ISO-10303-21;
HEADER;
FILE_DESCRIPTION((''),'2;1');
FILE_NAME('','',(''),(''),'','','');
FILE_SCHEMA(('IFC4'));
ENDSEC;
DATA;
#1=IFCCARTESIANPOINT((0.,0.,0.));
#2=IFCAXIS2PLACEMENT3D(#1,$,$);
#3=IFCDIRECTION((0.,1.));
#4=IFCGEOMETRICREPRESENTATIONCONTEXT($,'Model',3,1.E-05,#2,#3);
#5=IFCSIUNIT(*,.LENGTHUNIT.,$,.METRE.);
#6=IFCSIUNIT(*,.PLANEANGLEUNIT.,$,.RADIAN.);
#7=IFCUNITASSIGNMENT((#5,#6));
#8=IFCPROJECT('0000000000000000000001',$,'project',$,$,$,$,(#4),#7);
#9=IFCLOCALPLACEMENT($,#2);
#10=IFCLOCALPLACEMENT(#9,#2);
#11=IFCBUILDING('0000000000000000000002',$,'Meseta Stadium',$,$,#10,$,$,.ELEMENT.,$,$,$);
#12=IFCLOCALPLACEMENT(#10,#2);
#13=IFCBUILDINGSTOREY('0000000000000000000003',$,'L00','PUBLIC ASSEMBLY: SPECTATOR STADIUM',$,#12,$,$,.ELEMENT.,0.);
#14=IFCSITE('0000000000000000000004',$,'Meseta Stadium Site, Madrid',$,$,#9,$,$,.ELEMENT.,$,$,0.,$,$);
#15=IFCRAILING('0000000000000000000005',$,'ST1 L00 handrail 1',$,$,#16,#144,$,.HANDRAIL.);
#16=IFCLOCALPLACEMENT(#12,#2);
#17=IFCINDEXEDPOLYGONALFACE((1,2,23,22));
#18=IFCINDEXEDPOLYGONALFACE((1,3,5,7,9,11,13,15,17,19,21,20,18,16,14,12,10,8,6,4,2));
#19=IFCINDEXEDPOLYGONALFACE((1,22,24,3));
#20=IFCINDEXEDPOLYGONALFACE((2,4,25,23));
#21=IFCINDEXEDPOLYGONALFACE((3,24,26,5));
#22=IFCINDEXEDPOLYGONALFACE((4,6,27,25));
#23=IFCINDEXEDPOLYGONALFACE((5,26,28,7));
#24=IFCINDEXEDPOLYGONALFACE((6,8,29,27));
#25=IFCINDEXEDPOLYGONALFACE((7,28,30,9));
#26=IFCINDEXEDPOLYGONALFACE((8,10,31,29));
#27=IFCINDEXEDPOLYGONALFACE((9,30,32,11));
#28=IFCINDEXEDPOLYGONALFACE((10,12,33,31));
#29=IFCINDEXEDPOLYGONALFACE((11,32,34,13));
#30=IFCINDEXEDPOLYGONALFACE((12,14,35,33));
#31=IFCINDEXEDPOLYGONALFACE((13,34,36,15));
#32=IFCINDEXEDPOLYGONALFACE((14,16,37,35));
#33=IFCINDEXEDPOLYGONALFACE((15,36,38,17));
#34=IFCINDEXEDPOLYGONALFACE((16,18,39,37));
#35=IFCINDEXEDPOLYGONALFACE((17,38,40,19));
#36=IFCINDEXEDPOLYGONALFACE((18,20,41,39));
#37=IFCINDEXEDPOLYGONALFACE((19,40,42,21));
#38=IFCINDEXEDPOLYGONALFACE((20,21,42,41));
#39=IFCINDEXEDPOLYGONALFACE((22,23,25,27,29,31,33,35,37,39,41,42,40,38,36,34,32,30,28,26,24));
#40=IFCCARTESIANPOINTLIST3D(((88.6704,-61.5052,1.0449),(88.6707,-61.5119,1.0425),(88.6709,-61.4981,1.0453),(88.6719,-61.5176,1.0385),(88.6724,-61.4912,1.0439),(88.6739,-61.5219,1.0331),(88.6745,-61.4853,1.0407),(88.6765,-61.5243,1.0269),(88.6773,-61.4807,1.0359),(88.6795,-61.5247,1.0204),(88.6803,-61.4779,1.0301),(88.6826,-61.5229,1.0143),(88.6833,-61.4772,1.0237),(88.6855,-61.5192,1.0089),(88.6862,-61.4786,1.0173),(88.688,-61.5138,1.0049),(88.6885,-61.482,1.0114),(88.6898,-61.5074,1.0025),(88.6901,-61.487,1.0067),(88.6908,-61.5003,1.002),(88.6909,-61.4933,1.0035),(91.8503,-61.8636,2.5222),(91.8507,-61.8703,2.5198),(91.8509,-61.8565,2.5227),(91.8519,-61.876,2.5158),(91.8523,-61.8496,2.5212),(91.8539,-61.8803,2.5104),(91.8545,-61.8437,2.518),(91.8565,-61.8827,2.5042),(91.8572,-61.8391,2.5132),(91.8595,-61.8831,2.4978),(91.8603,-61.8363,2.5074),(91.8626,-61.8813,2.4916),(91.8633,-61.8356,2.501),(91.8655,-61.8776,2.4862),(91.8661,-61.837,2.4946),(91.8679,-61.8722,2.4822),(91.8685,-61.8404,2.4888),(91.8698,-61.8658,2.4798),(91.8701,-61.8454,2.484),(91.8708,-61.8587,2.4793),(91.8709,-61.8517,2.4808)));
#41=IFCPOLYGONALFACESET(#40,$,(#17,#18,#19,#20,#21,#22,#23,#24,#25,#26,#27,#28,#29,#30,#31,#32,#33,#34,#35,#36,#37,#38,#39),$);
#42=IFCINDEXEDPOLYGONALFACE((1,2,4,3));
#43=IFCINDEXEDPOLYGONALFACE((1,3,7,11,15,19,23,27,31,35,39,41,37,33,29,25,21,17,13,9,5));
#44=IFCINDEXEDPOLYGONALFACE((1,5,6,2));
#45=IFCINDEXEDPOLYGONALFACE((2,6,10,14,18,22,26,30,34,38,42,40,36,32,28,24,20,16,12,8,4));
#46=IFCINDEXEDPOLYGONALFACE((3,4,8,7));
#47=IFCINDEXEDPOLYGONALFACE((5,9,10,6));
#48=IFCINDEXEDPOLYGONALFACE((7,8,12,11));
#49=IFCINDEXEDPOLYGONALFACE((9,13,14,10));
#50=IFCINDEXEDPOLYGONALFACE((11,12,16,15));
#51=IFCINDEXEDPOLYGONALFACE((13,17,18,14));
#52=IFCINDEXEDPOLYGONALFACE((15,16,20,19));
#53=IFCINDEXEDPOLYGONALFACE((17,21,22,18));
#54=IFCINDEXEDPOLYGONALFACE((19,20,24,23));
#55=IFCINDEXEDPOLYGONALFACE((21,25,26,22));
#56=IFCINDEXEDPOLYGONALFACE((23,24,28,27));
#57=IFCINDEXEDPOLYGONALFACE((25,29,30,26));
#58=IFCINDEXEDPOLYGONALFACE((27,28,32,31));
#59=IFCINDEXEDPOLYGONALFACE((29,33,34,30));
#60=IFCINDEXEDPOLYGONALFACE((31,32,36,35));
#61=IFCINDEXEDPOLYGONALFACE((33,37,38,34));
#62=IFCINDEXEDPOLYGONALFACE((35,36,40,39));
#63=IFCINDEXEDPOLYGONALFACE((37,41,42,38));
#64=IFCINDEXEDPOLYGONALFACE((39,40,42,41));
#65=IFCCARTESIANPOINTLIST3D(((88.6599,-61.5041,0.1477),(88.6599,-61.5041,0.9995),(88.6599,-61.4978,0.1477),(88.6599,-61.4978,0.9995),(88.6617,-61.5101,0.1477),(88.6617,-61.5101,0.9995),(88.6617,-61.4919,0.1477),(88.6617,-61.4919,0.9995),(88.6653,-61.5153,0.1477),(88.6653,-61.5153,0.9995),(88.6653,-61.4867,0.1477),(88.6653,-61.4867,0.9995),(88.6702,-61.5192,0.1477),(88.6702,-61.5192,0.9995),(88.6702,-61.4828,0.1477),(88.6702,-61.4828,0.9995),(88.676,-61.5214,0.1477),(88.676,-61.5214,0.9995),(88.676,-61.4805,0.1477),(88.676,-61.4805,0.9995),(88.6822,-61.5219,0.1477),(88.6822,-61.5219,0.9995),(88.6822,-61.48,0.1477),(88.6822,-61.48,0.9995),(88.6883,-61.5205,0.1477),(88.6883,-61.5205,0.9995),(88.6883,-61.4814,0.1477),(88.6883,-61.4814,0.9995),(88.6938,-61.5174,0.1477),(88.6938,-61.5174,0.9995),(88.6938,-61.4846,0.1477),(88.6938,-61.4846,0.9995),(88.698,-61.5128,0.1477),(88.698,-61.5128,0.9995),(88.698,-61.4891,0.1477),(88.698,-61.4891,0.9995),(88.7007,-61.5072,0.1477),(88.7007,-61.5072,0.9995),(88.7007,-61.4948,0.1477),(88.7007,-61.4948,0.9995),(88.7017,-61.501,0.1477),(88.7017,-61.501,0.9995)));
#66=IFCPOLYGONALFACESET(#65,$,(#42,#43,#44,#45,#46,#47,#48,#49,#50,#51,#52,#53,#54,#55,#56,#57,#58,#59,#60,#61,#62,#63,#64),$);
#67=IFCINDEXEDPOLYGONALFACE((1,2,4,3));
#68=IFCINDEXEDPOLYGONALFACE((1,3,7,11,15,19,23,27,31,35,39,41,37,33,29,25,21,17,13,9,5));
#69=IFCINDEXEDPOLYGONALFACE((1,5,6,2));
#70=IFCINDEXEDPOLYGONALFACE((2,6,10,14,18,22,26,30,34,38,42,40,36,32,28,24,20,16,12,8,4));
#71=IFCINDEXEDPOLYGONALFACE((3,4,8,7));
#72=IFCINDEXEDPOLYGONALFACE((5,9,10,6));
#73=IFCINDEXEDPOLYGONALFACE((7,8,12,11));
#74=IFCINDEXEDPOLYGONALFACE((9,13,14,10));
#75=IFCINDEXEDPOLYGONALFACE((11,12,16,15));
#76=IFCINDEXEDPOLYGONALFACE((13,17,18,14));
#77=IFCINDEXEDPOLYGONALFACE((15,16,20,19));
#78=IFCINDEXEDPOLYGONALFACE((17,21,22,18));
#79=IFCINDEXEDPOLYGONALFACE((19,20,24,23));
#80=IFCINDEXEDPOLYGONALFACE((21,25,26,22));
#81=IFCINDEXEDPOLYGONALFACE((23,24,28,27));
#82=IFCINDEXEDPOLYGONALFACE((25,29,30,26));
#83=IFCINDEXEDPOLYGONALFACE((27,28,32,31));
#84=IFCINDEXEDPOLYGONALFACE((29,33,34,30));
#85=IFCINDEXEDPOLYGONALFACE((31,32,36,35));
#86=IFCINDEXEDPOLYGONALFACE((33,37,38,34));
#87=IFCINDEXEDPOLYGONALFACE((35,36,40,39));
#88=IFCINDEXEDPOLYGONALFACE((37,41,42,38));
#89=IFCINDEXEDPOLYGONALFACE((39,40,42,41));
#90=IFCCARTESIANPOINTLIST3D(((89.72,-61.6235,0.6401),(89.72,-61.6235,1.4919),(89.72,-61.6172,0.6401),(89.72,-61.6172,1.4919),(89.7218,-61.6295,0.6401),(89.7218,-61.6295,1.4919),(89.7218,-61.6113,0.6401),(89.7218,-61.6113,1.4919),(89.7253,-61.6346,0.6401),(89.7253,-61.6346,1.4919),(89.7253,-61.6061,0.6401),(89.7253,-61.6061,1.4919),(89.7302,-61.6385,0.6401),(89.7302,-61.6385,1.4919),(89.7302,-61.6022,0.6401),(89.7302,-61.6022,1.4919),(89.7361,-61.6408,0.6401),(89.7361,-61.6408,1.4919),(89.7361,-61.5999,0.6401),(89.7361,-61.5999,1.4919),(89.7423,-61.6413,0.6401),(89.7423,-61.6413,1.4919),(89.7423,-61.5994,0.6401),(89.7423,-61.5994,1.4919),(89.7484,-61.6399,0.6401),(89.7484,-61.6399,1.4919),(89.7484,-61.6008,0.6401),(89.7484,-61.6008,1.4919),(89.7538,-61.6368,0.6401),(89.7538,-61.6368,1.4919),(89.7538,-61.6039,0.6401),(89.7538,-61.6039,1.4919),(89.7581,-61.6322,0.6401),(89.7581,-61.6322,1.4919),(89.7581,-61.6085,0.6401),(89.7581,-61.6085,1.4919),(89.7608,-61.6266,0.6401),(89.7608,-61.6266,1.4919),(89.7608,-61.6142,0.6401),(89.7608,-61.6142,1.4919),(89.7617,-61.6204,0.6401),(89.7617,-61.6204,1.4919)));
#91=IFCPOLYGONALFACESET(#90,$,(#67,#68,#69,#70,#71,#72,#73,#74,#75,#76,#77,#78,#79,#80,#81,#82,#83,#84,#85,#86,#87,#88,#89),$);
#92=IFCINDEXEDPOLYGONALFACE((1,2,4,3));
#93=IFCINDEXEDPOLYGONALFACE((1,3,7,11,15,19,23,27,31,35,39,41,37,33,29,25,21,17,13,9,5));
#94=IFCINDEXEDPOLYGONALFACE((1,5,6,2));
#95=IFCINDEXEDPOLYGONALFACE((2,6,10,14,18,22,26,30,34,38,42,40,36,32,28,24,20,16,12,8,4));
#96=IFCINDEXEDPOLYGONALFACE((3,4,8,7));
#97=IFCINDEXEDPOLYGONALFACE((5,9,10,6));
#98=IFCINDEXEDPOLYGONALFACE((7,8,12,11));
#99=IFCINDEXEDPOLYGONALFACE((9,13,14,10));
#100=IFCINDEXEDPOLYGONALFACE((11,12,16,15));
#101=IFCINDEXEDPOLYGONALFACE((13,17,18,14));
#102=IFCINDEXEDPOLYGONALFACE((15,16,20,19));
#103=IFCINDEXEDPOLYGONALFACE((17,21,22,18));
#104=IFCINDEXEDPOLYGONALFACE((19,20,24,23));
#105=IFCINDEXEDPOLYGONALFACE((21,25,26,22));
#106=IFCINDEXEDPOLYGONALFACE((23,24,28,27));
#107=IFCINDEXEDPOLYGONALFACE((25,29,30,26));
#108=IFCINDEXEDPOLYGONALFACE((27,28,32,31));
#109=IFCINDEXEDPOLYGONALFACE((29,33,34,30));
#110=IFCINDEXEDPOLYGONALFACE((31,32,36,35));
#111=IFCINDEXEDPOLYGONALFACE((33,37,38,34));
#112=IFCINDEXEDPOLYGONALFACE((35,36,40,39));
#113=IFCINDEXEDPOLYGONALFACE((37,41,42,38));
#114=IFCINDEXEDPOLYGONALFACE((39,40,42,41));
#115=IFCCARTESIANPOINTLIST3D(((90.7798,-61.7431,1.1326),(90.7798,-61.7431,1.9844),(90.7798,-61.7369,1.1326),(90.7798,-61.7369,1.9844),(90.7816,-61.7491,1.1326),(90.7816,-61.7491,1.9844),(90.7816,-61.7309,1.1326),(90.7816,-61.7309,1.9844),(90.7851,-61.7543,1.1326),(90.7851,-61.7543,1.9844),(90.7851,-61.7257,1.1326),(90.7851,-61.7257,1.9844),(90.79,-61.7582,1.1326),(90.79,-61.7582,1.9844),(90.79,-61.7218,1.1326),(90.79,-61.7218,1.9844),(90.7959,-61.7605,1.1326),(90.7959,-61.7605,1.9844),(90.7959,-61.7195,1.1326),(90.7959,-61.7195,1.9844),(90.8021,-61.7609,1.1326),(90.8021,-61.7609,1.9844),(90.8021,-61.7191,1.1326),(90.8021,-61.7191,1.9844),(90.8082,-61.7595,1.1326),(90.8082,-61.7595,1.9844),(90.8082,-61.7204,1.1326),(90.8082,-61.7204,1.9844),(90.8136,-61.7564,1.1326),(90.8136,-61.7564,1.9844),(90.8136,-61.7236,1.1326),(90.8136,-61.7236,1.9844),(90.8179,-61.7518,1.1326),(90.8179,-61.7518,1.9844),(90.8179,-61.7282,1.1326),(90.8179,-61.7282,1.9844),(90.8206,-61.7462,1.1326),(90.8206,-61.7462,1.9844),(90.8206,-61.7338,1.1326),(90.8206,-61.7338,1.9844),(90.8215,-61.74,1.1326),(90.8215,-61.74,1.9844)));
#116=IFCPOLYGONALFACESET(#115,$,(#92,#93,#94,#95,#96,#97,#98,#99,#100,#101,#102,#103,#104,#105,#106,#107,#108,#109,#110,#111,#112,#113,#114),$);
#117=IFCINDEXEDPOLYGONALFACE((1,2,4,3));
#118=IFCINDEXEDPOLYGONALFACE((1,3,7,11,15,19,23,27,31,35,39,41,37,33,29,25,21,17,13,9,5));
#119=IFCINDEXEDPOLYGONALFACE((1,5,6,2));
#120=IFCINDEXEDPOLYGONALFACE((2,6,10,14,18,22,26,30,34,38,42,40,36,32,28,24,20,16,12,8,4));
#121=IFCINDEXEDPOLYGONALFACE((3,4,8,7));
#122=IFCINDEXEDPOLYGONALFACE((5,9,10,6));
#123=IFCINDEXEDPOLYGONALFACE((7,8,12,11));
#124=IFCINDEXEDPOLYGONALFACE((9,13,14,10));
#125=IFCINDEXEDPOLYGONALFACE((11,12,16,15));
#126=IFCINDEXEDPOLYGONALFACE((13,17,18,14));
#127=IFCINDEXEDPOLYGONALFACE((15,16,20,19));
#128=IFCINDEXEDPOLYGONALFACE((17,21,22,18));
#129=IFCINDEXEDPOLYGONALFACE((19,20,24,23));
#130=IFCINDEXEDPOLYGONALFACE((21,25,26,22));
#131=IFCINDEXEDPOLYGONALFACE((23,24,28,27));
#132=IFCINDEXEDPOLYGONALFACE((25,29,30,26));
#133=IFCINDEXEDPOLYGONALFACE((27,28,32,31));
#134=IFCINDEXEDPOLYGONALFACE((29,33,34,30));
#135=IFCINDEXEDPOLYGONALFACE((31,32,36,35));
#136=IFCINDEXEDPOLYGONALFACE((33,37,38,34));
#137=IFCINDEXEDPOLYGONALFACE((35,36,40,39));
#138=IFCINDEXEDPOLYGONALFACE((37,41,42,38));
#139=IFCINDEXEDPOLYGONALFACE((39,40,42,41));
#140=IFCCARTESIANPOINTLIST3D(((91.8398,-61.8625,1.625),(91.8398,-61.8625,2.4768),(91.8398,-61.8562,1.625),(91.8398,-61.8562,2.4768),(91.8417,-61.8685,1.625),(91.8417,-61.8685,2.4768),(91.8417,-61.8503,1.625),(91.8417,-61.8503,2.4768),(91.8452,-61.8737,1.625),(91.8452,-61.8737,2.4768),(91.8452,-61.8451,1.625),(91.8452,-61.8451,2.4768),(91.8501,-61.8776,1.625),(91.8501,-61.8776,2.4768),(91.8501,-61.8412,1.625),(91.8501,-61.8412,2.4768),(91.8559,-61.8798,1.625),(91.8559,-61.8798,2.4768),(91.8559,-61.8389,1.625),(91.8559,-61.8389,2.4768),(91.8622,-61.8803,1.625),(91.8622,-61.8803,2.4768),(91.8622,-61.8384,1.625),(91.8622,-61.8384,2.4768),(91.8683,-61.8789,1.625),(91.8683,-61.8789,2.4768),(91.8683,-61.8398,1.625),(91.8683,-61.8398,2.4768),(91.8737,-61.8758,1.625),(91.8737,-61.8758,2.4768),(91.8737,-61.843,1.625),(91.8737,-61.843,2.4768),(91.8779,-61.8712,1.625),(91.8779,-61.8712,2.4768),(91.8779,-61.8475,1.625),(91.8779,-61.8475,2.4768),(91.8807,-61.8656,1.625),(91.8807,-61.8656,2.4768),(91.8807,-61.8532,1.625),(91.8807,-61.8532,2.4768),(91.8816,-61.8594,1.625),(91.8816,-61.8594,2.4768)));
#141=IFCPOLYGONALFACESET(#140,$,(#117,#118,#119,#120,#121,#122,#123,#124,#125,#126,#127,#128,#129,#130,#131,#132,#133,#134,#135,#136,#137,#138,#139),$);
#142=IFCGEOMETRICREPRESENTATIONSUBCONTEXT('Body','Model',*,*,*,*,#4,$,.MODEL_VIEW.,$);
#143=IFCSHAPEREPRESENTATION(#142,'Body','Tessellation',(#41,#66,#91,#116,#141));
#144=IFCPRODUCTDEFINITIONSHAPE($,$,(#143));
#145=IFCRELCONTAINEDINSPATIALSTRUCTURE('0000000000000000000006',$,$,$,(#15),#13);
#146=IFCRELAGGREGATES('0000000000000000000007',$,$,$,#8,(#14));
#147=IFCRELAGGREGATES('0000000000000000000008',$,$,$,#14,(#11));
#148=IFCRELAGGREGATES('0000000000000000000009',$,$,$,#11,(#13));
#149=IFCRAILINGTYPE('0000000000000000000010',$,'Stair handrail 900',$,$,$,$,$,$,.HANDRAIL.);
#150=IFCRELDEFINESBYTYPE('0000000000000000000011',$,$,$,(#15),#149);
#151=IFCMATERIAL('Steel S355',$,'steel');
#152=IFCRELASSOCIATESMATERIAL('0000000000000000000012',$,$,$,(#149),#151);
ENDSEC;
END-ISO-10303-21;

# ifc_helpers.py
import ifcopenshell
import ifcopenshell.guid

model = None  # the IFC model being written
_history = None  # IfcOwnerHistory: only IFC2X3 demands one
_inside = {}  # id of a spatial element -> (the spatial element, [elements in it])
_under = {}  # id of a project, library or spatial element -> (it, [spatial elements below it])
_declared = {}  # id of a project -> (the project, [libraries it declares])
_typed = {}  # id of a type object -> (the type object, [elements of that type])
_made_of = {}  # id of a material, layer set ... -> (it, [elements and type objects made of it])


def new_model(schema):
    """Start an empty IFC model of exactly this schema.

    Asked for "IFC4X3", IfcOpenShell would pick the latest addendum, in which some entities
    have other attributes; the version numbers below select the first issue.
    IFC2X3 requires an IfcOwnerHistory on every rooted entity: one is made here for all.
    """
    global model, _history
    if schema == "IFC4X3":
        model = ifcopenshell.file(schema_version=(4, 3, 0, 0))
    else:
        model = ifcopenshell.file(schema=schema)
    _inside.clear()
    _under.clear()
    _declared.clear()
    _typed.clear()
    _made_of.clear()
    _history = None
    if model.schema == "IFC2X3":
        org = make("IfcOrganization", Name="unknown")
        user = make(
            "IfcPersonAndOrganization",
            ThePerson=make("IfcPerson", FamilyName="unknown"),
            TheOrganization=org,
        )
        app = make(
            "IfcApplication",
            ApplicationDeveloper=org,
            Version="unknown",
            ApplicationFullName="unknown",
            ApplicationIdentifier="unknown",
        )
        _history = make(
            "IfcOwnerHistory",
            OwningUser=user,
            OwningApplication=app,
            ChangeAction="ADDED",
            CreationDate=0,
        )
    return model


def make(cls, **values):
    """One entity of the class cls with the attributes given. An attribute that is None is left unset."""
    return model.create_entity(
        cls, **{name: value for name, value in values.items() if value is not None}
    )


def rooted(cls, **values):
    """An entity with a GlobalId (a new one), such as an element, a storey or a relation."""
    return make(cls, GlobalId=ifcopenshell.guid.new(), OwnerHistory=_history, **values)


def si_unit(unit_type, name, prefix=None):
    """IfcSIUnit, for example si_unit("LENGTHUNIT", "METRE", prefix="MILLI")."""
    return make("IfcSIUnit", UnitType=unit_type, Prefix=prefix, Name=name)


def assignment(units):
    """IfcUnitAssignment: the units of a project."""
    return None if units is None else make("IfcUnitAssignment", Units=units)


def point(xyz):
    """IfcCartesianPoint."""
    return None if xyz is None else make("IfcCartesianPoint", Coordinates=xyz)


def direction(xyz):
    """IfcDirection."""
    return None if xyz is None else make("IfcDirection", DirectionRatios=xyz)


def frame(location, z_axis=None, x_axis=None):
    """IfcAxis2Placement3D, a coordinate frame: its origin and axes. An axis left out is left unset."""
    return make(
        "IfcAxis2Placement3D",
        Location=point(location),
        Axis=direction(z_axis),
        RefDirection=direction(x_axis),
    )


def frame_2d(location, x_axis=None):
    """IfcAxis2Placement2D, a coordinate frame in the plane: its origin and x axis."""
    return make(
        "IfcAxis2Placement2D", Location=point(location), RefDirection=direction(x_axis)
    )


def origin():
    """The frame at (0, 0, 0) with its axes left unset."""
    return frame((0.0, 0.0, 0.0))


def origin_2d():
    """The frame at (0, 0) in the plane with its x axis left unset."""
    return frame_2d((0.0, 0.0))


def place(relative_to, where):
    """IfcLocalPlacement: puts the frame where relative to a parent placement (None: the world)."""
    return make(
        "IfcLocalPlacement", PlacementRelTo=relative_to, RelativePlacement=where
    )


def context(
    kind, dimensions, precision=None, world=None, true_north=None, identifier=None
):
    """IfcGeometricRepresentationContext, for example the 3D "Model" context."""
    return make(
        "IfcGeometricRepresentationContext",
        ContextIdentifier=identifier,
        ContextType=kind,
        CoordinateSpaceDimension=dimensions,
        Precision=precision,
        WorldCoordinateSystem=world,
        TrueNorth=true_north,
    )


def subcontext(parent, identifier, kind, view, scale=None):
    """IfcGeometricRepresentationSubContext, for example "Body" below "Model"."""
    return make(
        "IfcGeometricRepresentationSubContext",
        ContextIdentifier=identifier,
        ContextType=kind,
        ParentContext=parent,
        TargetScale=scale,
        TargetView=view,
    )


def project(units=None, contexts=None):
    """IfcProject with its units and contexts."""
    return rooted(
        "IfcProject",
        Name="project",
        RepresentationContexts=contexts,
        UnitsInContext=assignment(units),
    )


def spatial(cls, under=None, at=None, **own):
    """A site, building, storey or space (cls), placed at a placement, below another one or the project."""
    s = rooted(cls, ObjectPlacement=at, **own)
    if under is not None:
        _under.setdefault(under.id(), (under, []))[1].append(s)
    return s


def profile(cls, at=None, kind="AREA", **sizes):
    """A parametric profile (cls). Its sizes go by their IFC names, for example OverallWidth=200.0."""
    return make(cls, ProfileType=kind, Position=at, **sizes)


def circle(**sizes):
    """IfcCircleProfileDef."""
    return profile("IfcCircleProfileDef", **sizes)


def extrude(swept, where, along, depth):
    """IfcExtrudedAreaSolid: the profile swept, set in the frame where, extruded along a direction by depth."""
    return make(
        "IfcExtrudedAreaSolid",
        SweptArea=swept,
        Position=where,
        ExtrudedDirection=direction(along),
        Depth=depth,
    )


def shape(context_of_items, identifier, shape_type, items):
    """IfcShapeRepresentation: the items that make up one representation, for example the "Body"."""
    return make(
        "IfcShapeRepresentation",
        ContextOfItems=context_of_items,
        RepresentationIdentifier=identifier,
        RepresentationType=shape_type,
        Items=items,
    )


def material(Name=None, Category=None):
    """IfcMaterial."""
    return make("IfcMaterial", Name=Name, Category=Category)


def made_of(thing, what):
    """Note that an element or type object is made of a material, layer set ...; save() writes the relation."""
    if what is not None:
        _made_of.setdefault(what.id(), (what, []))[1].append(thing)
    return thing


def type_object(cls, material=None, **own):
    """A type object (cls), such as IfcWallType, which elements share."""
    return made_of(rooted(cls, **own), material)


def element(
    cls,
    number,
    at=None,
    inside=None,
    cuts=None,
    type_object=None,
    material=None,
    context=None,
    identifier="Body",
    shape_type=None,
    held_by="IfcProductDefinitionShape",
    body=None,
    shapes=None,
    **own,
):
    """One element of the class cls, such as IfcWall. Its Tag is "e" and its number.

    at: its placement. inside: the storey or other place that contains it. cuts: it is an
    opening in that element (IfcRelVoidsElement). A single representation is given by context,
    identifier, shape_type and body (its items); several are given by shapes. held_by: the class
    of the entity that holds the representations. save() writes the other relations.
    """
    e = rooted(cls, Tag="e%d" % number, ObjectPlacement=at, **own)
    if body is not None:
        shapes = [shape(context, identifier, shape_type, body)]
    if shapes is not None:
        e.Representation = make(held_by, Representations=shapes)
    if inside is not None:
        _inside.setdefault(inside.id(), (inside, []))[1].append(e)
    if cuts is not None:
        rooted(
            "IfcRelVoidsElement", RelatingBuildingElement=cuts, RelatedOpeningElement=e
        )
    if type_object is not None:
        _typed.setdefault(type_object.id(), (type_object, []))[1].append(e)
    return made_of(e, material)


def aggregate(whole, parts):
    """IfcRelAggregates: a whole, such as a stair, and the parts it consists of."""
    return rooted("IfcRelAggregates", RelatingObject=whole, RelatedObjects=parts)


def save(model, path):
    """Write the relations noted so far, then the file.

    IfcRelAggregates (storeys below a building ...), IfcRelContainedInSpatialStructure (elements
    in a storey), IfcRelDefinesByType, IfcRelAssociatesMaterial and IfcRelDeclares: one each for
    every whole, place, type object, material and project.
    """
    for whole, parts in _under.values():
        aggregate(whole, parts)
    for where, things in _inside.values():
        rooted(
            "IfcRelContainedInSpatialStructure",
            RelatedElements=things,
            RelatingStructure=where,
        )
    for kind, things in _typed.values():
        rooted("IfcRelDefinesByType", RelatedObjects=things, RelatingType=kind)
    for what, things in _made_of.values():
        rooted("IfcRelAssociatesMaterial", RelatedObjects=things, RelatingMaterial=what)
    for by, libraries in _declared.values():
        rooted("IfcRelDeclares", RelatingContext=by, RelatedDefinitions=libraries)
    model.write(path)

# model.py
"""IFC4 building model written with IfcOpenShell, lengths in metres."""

from ifc_helpers import new_model, si_unit, direction, frame, origin, origin_2d, place, context, subcontext, project, spatial, circle, extrude, material, type_object, element, save


model = new_model("IFC4")

# Units and contexts
model_context = context("Model", 3, precision=1e-05, world=origin(), true_north=direction((0.0, 1.0)))
body_context = subcontext(model_context, "Body", "Model", "MODEL_VIEW")
ifc_project = project(units=[si_unit("LENGTHUNIT", "METRE"), si_unit("PLANEANGLEUNIT", "RADIAN")], contexts=[model_context])

# Site, building, storey
site_placement = place(None, origin())
site = spatial("IfcSite", under=ifc_project, at=site_placement, Name="Meseta Stadium Site, Madrid", CompositionType="ELEMENT", RefElevation=0.0)
building_placement = place(site_placement, origin())
building = spatial("IfcBuilding", under=site, at=building_placement, Name="Meseta Stadium", CompositionType="ELEMENT")
storey_placement = place(building_placement, origin())
storey = spatial("IfcBuildingStorey", under=building, at=storey_placement, Name="L00", Description="PUBLIC ASSEMBLY: SPECTATOR STADIUM", CompositionType="ELEMENT", Elevation=0.0)

# Railing
ifc_material_1 = material(Name="Steel S355", Category="steel")
railing_type = type_object("IfcRailingType", Name="Stair handrail 900", PredefinedType="HANDRAIL", material=ifc_material_1)
railing_placement = place(storey_placement, frame((88.6807, -61.501, 0.1477)))
element("IfcRailing", 1, at=railing_placement, inside=storey, type_object=railing_type, Name="ST1 L00 handrail 1", PredefinedType="HANDRAIL", context=body_context, shape_type="SweptSolid", body=[
    extrude(circle(Radius=0.0239, at=origin_2d()), frame((0.0, 0.0, 0.876), z_axis=(0.90221, -0.101685, 0.419138), x_axis=(0.111997, 0.993709, 0.0)), (0.0, 0.0, 1.0), 3.5247),
    extrude(circle(Radius=0.021, at=origin_2d()), origin(), (0.0, 0.0, 1.0), 0.8518),
    extrude(circle(Radius=0.021, at=origin_2d()), frame((1.0601, -0.1194, 0.4924)), (0.0, 0.0, 1.0), 0.8518),
    extrude(circle(Radius=0.021, at=origin_2d()), frame((2.1199, -0.239, 0.9849)), (0.0, 0.0, 1.0), 0.8518),
    extrude(circle(Radius=0.021, at=origin_2d()), frame((3.1799, -0.3584, 1.4773)), (0.0, 0.0, 1.0), 0.8518),
])

save(model, "model.ifc")
